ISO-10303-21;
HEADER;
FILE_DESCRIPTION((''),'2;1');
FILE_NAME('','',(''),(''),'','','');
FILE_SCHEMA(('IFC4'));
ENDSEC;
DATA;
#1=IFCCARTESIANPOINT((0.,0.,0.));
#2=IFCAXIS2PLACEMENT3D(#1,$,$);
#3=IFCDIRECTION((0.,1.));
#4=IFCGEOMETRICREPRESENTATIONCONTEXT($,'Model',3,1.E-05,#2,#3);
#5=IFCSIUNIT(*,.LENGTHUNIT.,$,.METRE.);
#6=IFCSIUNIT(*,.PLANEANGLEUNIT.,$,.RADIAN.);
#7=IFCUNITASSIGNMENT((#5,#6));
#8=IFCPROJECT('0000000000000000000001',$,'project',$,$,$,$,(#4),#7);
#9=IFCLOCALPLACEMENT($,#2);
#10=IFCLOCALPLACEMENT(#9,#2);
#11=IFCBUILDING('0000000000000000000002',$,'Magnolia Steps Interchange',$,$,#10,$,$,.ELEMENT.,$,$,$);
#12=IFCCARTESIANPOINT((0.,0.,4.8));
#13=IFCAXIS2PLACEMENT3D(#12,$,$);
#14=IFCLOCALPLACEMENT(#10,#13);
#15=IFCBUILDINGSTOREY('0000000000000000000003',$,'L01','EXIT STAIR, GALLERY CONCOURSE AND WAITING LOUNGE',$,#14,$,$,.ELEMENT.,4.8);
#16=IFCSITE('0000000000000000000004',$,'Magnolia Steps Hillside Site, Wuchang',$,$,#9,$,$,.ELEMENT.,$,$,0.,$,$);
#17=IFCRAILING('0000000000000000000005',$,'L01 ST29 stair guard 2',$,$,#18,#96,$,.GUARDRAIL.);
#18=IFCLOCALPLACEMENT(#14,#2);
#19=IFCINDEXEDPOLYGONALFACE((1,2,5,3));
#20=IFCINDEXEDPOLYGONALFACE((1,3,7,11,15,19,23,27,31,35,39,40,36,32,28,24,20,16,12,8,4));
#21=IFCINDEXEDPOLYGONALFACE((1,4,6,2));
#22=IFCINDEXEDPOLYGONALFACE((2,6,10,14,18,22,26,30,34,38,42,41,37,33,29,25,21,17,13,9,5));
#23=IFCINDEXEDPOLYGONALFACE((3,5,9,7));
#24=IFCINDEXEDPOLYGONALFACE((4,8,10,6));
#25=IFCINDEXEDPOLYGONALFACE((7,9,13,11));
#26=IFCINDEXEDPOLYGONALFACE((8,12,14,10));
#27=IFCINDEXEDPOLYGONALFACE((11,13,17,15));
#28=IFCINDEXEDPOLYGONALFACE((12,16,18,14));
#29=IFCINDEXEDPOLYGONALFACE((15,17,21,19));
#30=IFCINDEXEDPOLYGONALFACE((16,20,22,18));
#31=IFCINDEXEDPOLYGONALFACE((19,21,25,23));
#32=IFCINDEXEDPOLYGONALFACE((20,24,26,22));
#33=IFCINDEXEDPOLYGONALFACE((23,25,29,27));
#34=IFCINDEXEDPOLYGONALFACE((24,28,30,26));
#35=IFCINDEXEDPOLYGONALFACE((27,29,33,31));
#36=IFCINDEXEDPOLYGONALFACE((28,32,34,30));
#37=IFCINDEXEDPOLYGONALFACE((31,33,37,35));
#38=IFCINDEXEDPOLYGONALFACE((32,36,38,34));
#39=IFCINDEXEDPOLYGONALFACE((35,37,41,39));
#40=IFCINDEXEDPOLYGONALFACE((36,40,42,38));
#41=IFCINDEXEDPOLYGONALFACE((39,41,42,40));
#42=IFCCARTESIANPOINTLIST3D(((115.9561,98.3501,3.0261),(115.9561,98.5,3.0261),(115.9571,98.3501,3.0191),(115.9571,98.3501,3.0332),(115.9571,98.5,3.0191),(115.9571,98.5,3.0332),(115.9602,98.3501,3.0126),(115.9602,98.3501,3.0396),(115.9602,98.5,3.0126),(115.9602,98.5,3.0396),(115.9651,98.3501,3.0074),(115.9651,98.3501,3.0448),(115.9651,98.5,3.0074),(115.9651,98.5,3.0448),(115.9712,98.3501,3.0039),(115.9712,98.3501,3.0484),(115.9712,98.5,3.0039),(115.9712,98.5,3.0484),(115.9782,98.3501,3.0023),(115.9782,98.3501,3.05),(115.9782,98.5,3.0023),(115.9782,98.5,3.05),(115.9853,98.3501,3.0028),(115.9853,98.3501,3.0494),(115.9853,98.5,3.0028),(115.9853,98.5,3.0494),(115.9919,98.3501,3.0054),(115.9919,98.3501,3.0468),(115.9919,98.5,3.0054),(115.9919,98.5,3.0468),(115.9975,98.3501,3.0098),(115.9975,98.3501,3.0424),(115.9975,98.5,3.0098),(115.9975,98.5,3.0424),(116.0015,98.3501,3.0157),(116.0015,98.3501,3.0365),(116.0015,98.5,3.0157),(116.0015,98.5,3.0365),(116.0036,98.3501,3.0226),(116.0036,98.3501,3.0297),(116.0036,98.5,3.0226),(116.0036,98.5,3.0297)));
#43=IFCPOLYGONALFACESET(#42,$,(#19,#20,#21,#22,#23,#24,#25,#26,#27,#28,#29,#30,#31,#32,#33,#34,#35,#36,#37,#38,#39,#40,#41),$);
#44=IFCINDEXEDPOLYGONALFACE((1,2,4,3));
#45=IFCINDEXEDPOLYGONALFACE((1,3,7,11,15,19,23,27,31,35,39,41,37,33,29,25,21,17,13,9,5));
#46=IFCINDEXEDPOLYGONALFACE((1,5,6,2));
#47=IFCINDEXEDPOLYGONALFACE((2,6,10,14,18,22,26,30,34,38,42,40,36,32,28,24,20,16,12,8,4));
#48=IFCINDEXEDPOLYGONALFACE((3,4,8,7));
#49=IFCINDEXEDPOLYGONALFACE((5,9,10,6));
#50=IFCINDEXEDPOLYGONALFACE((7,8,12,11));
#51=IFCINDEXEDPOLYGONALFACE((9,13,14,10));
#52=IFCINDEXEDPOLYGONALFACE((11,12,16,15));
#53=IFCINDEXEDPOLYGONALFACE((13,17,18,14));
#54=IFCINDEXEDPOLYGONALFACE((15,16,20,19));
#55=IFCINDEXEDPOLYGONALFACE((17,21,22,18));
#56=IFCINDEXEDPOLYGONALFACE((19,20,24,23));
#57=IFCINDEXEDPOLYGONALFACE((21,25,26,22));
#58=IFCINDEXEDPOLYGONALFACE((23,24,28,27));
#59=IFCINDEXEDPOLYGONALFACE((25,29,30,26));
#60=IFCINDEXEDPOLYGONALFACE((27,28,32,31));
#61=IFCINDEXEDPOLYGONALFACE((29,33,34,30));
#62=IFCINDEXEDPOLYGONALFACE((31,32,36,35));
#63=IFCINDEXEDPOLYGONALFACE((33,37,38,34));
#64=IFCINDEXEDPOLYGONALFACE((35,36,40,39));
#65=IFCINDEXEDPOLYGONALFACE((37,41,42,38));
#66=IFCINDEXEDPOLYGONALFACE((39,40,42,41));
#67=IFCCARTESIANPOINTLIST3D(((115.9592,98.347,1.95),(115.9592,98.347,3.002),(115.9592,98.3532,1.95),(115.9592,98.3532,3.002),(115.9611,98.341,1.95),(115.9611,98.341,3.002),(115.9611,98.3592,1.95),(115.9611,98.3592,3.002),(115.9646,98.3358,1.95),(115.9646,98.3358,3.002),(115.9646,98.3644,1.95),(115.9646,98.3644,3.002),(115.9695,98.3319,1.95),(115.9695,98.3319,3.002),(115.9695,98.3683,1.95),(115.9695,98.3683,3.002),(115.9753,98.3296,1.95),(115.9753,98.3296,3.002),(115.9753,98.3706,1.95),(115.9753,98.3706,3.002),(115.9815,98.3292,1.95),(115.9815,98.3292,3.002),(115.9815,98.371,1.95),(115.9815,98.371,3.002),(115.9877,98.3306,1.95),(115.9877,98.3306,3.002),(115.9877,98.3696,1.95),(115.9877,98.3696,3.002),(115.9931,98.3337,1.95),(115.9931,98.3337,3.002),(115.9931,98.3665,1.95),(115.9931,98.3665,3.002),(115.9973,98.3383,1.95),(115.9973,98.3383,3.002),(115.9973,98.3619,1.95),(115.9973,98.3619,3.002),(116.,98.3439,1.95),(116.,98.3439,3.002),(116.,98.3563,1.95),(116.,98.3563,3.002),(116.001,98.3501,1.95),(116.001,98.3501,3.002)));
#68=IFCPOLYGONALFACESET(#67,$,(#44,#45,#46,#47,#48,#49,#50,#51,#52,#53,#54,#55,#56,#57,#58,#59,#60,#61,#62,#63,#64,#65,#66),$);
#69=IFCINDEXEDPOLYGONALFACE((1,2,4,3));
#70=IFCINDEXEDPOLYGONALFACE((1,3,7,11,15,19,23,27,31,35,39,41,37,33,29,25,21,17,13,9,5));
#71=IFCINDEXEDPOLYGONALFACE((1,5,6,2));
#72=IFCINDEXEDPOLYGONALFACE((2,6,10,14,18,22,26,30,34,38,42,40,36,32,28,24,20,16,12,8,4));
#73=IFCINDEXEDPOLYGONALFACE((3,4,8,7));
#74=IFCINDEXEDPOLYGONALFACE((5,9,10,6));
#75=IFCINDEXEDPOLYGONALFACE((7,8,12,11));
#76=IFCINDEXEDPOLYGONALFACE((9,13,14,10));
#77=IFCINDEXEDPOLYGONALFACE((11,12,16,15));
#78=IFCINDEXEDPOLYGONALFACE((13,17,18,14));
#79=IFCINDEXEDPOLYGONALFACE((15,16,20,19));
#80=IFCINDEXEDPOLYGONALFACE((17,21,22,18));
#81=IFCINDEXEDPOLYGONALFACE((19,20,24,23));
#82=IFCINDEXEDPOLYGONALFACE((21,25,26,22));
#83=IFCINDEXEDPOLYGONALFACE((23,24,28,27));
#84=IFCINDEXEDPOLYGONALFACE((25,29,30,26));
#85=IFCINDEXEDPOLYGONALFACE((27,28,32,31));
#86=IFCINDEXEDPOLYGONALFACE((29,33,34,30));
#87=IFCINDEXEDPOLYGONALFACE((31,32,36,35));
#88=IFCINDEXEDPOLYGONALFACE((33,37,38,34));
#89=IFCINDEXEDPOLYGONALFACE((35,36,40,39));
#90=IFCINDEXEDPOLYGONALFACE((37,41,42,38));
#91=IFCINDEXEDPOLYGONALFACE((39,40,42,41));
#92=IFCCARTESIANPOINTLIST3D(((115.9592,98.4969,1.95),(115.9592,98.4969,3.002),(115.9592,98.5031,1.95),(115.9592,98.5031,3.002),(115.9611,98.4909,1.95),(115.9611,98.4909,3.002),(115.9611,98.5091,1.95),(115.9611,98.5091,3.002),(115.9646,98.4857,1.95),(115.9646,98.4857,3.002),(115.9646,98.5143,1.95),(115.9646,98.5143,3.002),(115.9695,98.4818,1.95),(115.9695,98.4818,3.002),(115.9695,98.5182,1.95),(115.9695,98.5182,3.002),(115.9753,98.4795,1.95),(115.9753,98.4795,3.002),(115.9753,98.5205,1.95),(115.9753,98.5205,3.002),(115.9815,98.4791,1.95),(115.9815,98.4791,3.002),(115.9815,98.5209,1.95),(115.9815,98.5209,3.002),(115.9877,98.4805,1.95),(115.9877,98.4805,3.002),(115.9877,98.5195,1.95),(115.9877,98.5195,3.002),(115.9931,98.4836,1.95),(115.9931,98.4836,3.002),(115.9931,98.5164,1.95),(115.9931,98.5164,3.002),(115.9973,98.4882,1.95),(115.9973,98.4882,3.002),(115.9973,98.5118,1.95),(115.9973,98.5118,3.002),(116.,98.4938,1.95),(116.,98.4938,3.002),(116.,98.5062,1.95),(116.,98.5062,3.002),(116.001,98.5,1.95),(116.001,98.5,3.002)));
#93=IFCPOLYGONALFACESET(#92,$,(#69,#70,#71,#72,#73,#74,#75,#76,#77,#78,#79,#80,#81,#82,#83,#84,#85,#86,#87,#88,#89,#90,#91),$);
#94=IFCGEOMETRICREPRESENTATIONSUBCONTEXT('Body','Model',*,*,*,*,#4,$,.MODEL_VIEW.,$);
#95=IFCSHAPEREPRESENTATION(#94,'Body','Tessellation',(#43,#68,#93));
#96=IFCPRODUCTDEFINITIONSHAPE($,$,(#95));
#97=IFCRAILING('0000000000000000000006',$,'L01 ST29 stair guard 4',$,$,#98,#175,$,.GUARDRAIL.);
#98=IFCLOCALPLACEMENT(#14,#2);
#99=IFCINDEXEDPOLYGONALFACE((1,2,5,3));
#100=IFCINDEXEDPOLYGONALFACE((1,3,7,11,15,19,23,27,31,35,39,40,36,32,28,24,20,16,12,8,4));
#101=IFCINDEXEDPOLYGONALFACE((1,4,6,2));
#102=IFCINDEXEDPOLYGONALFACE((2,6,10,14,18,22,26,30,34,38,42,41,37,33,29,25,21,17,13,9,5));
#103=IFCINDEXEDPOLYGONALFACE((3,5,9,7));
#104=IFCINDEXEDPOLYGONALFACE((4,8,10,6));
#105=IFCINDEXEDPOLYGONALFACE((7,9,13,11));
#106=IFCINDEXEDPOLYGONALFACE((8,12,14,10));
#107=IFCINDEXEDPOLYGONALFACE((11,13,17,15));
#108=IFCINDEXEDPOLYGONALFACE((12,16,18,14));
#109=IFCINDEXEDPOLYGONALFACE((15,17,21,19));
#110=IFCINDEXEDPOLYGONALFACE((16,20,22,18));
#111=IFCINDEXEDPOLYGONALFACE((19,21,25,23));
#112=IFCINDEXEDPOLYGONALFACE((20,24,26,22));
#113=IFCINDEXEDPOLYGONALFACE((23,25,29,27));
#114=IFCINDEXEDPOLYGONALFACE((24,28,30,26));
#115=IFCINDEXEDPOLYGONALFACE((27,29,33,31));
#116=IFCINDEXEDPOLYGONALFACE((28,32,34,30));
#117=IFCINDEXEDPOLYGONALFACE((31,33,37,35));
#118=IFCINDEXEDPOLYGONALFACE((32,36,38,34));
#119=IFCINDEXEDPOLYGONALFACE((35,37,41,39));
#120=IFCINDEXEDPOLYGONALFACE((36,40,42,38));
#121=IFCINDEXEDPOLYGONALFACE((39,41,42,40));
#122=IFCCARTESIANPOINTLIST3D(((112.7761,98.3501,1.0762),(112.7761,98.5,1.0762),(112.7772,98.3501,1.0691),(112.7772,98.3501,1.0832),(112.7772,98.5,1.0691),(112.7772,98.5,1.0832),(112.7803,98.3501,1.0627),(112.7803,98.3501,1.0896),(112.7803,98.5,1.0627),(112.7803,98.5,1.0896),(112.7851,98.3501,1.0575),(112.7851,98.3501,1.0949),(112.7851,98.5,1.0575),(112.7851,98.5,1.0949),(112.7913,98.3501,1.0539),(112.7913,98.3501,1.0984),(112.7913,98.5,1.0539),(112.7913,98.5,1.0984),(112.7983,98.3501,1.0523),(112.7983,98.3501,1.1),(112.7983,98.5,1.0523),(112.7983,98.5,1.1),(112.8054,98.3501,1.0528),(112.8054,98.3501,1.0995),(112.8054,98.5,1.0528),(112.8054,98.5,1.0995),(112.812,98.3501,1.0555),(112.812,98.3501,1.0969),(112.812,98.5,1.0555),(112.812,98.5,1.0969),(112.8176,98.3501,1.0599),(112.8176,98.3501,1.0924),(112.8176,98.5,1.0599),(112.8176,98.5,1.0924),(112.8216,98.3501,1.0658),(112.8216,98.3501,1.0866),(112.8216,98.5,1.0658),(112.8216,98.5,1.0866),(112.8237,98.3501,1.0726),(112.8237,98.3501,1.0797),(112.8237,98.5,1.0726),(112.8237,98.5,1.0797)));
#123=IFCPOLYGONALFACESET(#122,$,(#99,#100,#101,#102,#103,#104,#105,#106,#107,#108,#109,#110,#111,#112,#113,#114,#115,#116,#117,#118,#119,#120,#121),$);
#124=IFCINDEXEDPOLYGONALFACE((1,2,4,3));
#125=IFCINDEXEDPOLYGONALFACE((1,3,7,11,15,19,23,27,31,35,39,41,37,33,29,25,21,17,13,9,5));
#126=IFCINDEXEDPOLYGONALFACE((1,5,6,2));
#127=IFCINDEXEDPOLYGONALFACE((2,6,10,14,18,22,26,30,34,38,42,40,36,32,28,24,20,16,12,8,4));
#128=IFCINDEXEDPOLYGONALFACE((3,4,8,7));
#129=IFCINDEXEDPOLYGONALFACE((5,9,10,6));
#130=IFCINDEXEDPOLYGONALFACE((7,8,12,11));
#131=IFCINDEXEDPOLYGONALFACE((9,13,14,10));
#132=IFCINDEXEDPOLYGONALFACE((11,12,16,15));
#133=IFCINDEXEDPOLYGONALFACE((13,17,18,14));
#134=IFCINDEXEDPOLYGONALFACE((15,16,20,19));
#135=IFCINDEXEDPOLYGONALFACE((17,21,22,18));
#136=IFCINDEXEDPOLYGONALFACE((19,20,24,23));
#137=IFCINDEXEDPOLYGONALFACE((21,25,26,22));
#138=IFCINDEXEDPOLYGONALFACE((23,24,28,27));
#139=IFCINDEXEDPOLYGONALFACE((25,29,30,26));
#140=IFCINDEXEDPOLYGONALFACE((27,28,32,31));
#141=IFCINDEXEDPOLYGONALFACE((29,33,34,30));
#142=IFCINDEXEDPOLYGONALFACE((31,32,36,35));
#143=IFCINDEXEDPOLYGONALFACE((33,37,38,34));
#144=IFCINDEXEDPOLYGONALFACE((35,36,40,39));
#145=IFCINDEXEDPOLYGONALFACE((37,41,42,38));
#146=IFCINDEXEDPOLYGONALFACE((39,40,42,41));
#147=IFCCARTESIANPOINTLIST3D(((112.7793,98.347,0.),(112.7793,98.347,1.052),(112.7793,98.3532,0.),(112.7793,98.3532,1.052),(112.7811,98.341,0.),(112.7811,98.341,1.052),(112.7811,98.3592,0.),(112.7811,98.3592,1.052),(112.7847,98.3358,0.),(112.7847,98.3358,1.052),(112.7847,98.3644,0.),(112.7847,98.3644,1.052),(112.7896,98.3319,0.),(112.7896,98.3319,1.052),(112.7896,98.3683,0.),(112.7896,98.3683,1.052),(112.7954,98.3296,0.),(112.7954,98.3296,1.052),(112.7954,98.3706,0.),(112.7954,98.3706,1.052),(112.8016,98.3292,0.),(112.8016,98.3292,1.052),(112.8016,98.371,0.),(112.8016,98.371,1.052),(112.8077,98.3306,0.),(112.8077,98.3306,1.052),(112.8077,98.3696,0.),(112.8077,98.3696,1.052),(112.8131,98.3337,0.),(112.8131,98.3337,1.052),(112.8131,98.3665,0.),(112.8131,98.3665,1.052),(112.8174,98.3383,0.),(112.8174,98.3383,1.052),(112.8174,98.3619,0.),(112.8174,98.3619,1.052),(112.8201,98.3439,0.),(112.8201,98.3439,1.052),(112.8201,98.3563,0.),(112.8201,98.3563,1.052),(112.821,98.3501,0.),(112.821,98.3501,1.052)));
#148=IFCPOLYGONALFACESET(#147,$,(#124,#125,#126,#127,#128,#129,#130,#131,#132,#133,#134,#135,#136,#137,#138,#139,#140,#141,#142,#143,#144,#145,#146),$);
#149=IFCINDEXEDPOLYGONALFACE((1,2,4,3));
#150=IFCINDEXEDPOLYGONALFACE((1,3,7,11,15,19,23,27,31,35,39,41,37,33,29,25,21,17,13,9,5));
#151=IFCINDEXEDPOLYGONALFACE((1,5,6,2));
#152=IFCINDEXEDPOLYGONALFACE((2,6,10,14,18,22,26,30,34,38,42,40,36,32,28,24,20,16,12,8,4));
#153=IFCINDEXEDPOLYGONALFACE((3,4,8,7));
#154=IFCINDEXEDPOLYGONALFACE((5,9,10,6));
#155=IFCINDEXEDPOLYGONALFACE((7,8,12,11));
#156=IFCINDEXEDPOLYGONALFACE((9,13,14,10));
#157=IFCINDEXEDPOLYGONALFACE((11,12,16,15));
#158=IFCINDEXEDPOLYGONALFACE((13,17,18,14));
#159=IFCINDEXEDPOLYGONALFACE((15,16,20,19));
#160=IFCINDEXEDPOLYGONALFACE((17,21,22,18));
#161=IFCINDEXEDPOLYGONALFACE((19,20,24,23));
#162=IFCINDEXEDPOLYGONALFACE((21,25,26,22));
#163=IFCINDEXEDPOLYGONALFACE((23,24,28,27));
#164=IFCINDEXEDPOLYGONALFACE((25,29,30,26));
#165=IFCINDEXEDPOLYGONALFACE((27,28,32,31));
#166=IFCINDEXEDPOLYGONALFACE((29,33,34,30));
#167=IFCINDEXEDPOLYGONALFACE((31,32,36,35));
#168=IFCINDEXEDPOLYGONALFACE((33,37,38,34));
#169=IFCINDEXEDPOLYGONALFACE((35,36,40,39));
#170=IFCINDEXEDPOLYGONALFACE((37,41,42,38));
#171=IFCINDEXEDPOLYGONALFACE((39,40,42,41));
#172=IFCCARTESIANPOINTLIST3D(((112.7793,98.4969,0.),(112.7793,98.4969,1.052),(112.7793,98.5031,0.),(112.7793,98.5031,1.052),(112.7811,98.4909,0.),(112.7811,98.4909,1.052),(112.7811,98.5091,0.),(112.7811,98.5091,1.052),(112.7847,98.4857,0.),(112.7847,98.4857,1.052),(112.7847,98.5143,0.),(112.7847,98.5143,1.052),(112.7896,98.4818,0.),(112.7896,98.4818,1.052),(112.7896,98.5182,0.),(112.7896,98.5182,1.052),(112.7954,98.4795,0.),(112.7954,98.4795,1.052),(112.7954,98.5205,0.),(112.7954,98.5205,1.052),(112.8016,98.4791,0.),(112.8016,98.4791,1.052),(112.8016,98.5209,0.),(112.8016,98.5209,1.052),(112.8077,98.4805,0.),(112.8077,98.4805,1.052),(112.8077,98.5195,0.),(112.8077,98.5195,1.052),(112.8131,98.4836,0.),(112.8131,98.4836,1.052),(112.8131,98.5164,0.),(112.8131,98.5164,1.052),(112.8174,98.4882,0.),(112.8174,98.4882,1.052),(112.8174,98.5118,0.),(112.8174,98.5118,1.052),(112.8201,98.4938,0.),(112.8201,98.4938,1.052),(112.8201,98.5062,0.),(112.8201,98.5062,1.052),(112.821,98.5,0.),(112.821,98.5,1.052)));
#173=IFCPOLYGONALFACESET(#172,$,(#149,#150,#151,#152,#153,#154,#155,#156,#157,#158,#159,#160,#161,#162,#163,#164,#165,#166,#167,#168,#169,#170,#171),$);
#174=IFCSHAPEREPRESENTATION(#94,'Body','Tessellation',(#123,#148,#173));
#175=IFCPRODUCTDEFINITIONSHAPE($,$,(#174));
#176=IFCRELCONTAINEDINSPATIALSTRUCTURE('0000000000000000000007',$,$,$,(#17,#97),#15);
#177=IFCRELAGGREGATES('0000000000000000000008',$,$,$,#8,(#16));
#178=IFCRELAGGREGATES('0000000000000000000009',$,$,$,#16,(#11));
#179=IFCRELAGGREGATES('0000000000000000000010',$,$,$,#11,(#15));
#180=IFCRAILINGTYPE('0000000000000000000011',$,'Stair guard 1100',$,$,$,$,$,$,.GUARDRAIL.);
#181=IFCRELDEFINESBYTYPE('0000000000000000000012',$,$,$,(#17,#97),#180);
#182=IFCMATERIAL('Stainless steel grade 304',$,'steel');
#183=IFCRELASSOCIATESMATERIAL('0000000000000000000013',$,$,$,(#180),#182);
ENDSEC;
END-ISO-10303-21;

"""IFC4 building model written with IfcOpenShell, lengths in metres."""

from ifc_helpers import new_model, si_unit, direction, frame, origin, origin_2d, place, context, subcontext, project, spatial, circle, extrude, material, type_object, element, save


model = new_model("IFC4")

# Units and contexts
model_context = context("Model", 3, precision=1e-05, world=origin(), true_north=direction((0.0, 1.0)))
body_context = subcontext(model_context, "Body", "Model", "MODEL_VIEW")
ifc_project = project(units=[si_unit("LENGTHUNIT", "METRE"), si_unit("PLANEANGLEUNIT", "RADIAN")], contexts=[model_context])

# Site, building, storey
site_placement = place(None, origin())
site = spatial("IfcSite", under=ifc_project, at=site_placement, Name="Magnolia Steps Hillside Site, Wuchang", CompositionType="ELEMENT", RefElevation=0.0)
building_placement = place(site_placement, origin())
building = spatial("IfcBuilding", under=site, at=building_placement, Name="Magnolia Steps Interchange", CompositionType="ELEMENT")
storey_placement = place(building_placement, frame((0.0, 0.0, 4.8)))
storey = spatial("IfcBuildingStorey", under=building, at=storey_placement, Name="L01", Description="EXIT STAIR, GALLERY CONCOURSE AND WAITING LOUNGE", CompositionType="ELEMENT", Elevation=4.8)

# Railings
ifc_material_1 = material(Name="Stainless steel grade 304", Category="steel")
railing_type_1 = type_object("IfcRailingType", Name="Stair guard 1100", PredefinedType="GUARDRAIL", material=ifc_material_1)
for number, where, name in (
    (1, (115.98, 98.3501, 1.95), "L01 ST29 stair guard 2"),
    (2, (112.8, 98.3501, 0.0), "L01 ST29 stair guard 4"),
):
    element("IfcRailing", number, at=place(storey_placement, frame(where)), inside=storey, type_object=railing_type_1, Name=name, PredefinedType="GUARDRAIL", context=body_context, shape_type="SweptSolid", body=[
        extrude(circle(Radius=0.0239, at=origin_2d()), frame((0.0, 0.0, 1.0762), z_axis=(0.0, 1.0, 0.0), x_axis=(-1.0, 0.0, 0.0)), (0.0, 0.0, 1.0), 0.1499),
        extrude(circle(Radius=0.021, at=origin_2d()), origin(), (0.0, 0.0, 1.0), 1.052),
        extrude(circle(Radius=0.021, at=origin_2d()), frame((0.0, 0.1499, 0.0)), (0.0, 0.0, 1.0), 1.052),
    ])

save(model, "model.ifc")
